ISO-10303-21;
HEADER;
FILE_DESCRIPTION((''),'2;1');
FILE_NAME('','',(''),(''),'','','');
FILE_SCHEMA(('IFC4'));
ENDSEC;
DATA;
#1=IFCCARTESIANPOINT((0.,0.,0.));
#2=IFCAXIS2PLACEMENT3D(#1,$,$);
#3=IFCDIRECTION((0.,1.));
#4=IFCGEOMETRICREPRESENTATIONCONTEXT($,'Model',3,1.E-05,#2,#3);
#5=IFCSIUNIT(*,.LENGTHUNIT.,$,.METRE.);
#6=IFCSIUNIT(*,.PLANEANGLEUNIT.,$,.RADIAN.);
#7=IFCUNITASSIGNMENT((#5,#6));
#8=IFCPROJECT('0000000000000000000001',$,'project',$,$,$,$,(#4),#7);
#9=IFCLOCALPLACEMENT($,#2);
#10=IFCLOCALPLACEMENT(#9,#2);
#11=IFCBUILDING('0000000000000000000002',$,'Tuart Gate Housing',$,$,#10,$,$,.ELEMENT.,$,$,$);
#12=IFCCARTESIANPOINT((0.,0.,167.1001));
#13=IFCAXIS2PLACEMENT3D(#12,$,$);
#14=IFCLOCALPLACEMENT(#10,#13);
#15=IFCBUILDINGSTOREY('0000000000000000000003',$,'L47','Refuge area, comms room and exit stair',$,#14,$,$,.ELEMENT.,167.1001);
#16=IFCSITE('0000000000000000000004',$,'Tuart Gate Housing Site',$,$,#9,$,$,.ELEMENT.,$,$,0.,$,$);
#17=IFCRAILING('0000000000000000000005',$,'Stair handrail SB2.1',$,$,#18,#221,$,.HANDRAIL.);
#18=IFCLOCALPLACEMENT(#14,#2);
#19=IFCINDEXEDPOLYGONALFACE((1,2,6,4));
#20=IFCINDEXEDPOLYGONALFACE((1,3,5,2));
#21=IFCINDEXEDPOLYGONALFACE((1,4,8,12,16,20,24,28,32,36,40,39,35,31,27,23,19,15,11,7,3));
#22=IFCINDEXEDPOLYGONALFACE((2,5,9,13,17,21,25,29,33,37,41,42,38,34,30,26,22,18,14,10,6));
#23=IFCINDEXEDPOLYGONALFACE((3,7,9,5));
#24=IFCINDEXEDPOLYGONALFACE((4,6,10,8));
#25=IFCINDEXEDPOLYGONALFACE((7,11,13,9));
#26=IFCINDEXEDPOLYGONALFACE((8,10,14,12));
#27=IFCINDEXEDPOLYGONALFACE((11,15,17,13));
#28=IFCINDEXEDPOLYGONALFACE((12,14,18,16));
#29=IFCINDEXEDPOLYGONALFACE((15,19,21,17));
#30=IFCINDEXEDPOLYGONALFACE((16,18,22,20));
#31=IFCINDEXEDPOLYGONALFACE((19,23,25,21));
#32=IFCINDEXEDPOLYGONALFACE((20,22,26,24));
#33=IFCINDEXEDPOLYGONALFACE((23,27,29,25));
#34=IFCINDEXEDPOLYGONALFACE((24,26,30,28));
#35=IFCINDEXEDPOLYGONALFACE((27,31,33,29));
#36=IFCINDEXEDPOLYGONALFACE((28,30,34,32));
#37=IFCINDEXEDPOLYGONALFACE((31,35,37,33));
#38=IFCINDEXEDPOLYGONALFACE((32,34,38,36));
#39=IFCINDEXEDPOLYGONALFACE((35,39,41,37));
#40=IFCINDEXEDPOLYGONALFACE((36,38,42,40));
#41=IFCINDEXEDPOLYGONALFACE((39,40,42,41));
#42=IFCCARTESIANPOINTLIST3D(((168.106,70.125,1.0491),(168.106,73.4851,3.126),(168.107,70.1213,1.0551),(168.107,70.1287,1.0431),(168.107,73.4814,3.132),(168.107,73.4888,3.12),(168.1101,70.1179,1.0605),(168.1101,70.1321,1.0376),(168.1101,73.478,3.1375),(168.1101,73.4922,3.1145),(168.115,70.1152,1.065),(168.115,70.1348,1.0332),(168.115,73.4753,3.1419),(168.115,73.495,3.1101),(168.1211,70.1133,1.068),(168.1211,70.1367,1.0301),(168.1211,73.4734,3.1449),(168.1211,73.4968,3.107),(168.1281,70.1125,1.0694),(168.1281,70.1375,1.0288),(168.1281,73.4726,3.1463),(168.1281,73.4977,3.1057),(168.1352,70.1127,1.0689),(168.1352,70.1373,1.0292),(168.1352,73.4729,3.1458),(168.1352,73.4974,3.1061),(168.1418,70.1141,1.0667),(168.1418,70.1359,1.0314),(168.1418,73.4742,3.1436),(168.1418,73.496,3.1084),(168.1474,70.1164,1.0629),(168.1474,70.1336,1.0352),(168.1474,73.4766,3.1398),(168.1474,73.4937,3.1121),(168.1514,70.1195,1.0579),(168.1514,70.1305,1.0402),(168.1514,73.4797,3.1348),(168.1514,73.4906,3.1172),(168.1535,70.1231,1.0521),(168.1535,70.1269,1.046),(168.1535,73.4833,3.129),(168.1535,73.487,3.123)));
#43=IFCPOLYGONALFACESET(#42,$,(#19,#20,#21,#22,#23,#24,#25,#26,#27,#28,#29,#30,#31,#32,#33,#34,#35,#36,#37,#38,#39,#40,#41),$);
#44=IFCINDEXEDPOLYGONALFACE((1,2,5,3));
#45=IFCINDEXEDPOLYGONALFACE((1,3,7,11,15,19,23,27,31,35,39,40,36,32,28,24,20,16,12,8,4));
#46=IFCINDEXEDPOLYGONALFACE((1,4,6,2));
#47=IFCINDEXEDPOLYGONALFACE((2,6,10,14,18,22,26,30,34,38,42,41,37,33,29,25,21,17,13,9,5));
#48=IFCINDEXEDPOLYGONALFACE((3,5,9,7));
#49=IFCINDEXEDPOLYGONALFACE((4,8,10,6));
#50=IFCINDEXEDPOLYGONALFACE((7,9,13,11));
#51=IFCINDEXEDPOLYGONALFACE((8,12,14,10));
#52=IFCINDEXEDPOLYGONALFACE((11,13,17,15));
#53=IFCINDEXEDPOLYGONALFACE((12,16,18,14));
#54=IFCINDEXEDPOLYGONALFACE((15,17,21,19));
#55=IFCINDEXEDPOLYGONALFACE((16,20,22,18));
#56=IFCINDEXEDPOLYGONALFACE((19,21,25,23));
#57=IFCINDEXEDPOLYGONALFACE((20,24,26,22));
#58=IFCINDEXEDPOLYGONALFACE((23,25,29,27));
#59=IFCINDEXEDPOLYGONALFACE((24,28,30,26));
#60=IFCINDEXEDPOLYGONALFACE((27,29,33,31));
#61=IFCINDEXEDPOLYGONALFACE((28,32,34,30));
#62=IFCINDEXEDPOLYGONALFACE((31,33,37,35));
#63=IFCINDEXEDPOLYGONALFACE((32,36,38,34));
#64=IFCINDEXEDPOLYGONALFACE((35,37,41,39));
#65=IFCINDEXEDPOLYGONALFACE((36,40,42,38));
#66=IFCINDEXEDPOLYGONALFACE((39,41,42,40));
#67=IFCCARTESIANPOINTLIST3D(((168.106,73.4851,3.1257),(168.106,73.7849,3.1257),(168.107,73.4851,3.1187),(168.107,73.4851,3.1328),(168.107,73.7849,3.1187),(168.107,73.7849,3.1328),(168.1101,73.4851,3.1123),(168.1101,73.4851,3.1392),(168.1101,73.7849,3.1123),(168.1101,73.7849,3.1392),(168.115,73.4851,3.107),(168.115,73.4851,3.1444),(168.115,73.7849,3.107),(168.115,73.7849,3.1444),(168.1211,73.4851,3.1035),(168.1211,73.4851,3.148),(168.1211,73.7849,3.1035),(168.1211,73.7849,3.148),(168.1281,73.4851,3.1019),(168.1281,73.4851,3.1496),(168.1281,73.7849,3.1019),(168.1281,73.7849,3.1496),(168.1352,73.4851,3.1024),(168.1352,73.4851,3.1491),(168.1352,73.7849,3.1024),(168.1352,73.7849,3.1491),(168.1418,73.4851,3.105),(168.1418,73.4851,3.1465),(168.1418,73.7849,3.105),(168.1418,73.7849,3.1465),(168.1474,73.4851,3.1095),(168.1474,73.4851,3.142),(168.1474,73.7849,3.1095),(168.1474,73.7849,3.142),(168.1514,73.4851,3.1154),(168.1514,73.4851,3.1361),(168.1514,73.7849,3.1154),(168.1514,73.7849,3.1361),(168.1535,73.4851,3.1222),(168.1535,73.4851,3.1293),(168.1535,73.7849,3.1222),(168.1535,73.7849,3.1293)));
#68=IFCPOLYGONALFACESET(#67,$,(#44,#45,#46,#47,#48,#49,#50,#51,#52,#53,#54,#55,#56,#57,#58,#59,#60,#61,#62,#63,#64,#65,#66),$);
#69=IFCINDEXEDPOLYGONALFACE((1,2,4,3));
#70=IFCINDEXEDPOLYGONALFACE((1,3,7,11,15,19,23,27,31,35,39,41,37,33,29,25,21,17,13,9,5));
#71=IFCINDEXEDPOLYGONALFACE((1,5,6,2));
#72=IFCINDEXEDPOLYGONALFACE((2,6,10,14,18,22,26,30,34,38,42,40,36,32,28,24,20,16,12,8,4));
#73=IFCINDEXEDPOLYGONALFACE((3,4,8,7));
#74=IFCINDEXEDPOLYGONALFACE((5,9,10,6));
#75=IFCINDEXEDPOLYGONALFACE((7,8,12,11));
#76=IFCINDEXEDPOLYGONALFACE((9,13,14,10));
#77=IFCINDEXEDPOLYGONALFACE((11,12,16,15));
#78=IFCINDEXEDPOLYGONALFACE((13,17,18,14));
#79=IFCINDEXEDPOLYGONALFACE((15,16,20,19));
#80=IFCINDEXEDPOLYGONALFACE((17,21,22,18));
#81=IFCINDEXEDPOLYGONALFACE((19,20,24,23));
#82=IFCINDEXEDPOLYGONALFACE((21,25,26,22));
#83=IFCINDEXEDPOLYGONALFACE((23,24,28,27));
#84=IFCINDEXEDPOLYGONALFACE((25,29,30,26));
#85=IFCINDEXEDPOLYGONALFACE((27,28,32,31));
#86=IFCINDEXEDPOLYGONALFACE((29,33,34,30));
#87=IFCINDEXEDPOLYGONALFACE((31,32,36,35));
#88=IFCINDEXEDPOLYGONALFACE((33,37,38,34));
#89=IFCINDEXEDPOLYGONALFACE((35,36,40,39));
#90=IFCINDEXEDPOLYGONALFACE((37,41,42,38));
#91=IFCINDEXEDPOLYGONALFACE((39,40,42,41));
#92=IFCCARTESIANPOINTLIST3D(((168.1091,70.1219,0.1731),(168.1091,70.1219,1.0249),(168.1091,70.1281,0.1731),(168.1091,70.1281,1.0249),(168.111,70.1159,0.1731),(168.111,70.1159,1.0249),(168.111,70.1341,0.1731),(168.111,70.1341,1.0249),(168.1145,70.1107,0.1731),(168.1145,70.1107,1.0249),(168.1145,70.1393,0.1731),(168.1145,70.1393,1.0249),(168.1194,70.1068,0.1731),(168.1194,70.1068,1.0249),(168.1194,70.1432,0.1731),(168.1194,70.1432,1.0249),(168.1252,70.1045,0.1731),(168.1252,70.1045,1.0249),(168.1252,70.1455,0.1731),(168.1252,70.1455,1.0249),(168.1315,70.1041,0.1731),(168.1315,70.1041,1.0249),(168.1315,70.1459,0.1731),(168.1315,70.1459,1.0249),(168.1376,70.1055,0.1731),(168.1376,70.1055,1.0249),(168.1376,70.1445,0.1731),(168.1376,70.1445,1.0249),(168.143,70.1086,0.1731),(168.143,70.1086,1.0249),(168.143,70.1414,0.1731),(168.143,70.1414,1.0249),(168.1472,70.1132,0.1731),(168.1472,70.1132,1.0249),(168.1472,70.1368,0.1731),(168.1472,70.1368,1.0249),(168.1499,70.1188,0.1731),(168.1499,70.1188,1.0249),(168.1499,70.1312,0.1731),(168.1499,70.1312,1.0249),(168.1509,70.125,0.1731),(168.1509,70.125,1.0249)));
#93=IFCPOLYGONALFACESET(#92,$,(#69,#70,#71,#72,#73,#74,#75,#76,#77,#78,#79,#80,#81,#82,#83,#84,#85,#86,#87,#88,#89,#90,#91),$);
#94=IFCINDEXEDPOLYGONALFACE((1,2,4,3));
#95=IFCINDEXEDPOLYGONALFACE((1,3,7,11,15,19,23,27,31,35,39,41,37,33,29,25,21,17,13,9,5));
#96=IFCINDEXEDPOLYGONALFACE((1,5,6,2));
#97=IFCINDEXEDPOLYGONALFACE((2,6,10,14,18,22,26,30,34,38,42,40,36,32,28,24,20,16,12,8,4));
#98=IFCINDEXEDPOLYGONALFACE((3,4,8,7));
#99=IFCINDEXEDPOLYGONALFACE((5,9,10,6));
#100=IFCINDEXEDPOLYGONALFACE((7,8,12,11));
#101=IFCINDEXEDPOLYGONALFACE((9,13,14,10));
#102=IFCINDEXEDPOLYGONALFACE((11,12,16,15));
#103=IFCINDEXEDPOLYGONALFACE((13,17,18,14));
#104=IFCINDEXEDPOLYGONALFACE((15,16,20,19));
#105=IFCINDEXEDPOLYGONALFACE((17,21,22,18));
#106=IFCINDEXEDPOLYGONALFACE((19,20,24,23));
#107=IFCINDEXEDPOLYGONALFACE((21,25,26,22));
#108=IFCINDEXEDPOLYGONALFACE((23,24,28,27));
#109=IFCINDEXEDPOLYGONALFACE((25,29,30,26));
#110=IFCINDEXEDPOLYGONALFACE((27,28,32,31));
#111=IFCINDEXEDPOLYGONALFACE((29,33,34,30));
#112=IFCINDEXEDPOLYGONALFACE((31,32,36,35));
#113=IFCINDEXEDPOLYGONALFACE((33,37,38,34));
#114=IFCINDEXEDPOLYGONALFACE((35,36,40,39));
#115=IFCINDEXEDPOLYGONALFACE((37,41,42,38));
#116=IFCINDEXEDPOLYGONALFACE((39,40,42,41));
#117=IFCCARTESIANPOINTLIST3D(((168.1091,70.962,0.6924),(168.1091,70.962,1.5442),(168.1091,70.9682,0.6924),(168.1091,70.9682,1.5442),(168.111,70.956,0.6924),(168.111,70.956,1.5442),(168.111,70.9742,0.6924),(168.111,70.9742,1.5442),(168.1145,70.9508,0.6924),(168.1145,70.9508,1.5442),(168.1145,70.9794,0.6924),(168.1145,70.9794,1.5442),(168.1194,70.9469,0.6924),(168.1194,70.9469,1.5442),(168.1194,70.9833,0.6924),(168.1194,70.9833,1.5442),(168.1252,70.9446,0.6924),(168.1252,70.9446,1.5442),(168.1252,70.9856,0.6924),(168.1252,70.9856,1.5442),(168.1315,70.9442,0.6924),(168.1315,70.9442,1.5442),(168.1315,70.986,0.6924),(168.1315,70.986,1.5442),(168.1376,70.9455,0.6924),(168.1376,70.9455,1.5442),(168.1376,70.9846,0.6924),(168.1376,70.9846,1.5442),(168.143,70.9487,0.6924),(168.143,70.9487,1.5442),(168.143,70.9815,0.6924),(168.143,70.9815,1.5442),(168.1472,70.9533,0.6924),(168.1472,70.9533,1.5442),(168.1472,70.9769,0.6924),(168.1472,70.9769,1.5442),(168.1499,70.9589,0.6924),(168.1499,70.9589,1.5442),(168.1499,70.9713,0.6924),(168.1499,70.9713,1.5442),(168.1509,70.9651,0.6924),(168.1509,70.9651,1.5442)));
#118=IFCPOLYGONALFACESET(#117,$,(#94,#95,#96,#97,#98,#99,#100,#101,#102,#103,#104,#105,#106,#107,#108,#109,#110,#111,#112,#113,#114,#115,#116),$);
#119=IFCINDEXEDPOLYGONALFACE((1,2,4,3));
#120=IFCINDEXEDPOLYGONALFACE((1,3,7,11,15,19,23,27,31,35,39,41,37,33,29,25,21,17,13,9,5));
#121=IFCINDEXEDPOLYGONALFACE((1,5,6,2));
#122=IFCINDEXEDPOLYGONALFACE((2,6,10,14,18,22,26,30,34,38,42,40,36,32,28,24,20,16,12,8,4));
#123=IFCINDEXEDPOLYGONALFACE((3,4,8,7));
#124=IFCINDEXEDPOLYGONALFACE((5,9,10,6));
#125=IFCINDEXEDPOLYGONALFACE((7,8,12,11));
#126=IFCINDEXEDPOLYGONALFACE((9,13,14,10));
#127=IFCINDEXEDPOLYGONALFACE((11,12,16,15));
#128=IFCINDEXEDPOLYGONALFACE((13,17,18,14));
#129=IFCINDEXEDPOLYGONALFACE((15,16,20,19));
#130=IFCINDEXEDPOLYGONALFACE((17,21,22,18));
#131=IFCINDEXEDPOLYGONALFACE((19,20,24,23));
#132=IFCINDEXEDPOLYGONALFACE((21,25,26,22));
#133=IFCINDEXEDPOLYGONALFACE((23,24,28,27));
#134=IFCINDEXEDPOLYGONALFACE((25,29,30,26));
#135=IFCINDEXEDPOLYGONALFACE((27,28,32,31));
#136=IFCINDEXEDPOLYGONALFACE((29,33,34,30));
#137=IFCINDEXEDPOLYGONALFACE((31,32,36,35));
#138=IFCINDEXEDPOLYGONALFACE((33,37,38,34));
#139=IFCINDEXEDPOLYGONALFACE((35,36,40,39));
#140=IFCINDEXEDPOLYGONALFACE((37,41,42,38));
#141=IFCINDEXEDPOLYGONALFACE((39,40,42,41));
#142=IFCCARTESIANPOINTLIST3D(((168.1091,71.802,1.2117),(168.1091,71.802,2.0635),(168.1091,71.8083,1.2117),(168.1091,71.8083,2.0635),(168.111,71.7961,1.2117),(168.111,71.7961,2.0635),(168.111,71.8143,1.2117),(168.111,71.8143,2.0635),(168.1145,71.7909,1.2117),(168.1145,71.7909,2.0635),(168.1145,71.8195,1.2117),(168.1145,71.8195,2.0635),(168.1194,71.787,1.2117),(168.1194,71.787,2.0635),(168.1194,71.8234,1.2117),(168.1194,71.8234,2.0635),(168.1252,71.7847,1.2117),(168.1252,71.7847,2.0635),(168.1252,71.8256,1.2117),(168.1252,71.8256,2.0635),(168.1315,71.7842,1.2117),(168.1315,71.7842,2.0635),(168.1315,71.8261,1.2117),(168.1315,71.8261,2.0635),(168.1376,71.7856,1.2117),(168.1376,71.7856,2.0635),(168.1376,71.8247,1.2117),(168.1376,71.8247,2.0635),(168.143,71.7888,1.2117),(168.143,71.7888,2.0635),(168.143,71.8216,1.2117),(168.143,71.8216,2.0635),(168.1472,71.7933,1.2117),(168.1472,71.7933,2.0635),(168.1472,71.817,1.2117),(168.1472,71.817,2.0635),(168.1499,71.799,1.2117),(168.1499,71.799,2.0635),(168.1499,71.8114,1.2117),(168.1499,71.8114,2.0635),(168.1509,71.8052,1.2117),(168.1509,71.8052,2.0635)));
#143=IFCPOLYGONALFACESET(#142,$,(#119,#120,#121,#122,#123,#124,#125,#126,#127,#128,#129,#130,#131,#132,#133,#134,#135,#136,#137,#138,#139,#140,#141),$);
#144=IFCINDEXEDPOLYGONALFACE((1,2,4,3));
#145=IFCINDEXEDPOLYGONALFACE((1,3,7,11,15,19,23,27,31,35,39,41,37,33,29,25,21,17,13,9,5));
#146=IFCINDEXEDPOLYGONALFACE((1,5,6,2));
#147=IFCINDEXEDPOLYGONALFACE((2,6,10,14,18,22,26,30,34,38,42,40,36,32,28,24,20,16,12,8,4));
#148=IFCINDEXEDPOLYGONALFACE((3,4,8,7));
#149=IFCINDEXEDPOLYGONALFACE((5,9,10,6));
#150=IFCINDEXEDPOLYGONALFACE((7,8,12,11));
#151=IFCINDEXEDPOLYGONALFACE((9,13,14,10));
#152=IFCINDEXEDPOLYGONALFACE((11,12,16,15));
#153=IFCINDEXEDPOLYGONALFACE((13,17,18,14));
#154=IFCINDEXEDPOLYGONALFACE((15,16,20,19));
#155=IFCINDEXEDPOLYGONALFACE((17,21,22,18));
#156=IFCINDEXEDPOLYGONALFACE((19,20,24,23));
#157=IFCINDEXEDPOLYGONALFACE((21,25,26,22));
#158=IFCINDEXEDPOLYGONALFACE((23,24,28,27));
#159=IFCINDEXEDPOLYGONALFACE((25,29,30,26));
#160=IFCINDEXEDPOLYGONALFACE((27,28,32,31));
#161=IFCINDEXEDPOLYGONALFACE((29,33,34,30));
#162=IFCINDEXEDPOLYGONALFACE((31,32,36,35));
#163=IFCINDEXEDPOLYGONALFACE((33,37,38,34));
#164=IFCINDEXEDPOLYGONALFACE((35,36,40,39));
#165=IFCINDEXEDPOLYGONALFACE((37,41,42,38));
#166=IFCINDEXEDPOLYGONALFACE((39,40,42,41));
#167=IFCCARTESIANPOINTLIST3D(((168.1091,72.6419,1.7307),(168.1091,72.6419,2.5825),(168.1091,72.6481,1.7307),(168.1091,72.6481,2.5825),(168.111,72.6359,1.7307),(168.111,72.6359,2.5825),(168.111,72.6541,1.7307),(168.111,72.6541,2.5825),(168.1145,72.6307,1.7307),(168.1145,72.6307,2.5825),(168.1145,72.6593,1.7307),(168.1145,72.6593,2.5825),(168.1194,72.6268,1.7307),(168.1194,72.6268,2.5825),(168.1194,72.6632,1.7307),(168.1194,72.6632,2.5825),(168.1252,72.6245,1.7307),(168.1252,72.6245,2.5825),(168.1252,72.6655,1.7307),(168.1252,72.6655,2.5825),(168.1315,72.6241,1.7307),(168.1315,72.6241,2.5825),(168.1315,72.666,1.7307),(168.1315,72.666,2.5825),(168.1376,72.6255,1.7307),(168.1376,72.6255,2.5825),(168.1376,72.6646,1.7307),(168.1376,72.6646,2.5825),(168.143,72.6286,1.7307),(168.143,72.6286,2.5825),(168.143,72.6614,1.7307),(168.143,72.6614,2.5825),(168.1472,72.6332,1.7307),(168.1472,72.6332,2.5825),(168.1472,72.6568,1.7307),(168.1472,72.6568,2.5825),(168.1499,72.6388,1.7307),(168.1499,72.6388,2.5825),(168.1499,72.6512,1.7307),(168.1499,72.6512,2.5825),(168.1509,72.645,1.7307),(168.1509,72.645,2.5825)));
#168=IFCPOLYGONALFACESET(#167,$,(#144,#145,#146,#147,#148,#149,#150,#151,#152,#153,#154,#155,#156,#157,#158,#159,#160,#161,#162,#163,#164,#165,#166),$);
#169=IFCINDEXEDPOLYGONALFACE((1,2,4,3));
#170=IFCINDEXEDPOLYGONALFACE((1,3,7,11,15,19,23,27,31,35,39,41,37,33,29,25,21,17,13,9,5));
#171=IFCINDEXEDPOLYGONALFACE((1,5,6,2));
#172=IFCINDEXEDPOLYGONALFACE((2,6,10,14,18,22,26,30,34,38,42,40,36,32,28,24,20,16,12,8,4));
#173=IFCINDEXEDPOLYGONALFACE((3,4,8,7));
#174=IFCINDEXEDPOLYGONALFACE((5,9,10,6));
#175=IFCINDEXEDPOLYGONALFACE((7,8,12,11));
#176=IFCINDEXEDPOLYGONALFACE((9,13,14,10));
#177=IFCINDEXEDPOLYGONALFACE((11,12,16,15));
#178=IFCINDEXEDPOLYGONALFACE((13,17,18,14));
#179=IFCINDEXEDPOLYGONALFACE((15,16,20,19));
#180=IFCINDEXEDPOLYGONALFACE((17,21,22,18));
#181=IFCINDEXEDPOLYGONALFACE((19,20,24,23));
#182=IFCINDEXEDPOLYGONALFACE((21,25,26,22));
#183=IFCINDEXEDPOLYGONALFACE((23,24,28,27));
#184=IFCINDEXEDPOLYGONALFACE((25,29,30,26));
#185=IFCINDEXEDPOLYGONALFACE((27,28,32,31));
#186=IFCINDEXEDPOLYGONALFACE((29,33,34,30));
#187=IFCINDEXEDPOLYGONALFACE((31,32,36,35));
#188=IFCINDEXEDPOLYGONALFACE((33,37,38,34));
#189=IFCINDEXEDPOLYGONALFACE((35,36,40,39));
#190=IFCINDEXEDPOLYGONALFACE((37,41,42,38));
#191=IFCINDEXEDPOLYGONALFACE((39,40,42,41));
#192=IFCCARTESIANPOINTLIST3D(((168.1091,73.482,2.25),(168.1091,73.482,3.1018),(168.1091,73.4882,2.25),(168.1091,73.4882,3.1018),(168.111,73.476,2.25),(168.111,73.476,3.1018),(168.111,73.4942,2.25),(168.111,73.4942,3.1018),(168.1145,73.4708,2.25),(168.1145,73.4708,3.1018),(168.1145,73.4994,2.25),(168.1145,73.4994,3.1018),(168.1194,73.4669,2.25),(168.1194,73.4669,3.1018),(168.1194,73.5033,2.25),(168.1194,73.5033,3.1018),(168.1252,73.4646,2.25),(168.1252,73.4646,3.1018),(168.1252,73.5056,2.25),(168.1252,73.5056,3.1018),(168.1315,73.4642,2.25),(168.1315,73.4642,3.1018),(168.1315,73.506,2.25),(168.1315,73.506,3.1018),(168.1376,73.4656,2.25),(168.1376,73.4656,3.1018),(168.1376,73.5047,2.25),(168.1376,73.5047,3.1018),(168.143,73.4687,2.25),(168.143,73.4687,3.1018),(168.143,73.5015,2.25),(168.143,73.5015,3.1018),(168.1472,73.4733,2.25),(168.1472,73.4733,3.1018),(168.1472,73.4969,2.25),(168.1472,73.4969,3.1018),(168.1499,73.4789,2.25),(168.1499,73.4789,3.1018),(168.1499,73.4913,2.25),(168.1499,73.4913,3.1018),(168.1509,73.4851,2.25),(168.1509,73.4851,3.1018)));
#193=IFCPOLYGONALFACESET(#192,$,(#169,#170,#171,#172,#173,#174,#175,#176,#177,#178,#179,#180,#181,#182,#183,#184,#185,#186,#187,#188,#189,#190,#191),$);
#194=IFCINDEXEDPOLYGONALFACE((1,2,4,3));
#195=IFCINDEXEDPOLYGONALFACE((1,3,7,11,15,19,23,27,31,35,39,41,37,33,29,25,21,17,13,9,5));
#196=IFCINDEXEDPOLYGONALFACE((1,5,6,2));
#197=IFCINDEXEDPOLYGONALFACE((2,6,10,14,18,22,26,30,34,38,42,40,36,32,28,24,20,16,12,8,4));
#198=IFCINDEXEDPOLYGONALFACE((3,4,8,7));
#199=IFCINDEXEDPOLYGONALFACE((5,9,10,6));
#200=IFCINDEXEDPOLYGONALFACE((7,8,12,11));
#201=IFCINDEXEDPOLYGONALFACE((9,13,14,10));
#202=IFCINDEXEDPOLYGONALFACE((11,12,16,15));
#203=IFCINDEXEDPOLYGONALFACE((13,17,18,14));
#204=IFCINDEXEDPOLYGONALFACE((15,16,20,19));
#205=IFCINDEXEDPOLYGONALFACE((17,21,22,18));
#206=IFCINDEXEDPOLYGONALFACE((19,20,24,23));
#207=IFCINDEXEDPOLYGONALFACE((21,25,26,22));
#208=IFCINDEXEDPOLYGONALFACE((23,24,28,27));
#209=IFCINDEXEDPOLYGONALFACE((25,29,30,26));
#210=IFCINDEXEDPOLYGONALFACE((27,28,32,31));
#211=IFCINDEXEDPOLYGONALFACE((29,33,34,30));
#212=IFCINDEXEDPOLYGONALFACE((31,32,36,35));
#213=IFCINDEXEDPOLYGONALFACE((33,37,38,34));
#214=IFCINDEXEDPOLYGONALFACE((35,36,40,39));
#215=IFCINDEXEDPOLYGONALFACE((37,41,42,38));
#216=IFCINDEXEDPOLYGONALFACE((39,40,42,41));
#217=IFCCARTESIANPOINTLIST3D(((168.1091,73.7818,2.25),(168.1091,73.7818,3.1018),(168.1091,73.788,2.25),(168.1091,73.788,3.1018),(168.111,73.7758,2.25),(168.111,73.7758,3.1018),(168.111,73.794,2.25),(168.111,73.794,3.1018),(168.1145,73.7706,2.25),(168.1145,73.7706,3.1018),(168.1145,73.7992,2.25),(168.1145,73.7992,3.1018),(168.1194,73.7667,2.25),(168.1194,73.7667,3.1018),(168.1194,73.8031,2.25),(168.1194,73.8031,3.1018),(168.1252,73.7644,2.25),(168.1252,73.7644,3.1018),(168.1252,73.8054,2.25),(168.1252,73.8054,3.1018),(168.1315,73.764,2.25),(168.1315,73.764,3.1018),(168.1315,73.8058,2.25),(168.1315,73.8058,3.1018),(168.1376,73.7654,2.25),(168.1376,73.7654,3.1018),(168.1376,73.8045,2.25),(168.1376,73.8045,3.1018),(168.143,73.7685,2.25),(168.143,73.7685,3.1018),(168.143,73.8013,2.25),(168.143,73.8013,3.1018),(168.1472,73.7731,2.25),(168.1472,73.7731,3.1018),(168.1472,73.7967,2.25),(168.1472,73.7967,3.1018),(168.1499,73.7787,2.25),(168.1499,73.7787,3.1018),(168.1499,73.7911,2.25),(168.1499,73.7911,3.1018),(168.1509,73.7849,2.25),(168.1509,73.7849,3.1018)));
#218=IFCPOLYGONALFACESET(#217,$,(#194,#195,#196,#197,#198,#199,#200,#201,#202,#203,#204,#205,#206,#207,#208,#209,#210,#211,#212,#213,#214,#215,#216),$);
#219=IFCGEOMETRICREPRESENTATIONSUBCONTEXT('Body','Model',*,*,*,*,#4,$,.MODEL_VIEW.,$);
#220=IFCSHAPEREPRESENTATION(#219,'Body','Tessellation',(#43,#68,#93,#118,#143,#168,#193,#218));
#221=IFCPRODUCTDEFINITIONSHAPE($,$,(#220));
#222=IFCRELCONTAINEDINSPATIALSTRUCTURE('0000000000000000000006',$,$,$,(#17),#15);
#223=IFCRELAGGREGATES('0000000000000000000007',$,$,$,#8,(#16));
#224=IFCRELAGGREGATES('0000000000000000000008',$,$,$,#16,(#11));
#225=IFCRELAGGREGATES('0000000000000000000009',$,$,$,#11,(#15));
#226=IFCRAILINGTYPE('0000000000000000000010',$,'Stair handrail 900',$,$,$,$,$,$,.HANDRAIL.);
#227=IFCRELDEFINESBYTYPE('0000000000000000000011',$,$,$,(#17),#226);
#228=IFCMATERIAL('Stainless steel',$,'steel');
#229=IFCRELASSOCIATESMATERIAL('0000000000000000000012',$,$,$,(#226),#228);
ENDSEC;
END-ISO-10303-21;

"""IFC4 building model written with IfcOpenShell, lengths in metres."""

from ifc_helpers import new_model, si_unit, direction, frame, origin, origin_2d, place, context, subcontext, project, spatial, circle, extrude, material, type_object, element, save


model = new_model("IFC4")

# Units and contexts
model_context = context("Model", 3, precision=1e-05, world=origin(), true_north=direction((0.0, 1.0)))
body_context = subcontext(model_context, "Body", "Model", "MODEL_VIEW")
ifc_project = project(units=[si_unit("LENGTHUNIT", "METRE"), si_unit("PLANEANGLEUNIT", "RADIAN")], contexts=[model_context])

# Site, building, storey
site_placement = place(None, origin())
site = spatial("IfcSite", under=ifc_project, at=site_placement, Name="Tuart Gate Housing Site", CompositionType="ELEMENT", RefElevation=0.0)
building_placement = place(site_placement, origin())
building = spatial("IfcBuilding", under=site, at=building_placement, Name="Tuart Gate Housing", CompositionType="ELEMENT")
storey_placement = place(building_placement, frame((0.0, 0.0, 167.1001)))
storey = spatial("IfcBuildingStorey", under=building, at=storey_placement, Name="L47", Description="Refuge area, comms room and exit stair", CompositionType="ELEMENT", Elevation=167.1001)

# Railing
ifc_material_1 = material(Name="Stainless steel", Category="steel")
railing_type = type_object("IfcRailingType", Name="Stair handrail 900", PredefinedType="HANDRAIL", material=ifc_material_1)
railing_placement = place(storey_placement, frame((168.1299, 70.125, 0.1731)))
element("IfcRailing", 1, at=railing_placement, inside=storey, type_object=railing_type, Name="Stair handrail SB2.1", PredefinedType="HANDRAIL", context=body_context, shape_type="SweptSolid", body=[
    extrude(circle(Radius=0.0239, at=origin_2d()), frame((0.0, 0.0, 0.876), z_axis=(0.0, 0.850623, 0.525776), x_axis=(-1.0, 0.0, 0.0)), (0.0, 0.0, 1.0), 3.9502),
    extrude(circle(Radius=0.0239, at=origin_2d()), frame((0.0, 3.3601, 2.9526), z_axis=(0.0, 1.0, 0.0), x_axis=(-1.0, 0.0, 0.0)), (0.0, 0.0, 1.0), 0.2998),
    extrude(circle(Radius=0.021, at=origin_2d()), origin(), (0.0, 0.0, 1.0), 0.8518),
    extrude(circle(Radius=0.021, at=origin_2d()), frame((0.0, 0.8401, 0.5193)), (0.0, 0.0, 1.0), 0.8518),
    extrude(circle(Radius=0.021, at=origin_2d()), frame((0.0, 1.6802, 1.0386)), (0.0, 0.0, 1.0), 0.8518),
    extrude(circle(Radius=0.021, at=origin_2d()), frame((0.0, 2.52, 1.5576)), (0.0, 0.0, 1.0), 0.8518),
    extrude(circle(Radius=0.021, at=origin_2d()), frame((0.0, 3.3601, 2.0769)), (0.0, 0.0, 1.0), 0.8518),
    extrude(circle(Radius=0.021, at=origin_2d()), frame((0.0, 3.6599, 2.0769)), (0.0, 0.0, 1.0), 0.8518),
])

save(model, "model.ifc")
